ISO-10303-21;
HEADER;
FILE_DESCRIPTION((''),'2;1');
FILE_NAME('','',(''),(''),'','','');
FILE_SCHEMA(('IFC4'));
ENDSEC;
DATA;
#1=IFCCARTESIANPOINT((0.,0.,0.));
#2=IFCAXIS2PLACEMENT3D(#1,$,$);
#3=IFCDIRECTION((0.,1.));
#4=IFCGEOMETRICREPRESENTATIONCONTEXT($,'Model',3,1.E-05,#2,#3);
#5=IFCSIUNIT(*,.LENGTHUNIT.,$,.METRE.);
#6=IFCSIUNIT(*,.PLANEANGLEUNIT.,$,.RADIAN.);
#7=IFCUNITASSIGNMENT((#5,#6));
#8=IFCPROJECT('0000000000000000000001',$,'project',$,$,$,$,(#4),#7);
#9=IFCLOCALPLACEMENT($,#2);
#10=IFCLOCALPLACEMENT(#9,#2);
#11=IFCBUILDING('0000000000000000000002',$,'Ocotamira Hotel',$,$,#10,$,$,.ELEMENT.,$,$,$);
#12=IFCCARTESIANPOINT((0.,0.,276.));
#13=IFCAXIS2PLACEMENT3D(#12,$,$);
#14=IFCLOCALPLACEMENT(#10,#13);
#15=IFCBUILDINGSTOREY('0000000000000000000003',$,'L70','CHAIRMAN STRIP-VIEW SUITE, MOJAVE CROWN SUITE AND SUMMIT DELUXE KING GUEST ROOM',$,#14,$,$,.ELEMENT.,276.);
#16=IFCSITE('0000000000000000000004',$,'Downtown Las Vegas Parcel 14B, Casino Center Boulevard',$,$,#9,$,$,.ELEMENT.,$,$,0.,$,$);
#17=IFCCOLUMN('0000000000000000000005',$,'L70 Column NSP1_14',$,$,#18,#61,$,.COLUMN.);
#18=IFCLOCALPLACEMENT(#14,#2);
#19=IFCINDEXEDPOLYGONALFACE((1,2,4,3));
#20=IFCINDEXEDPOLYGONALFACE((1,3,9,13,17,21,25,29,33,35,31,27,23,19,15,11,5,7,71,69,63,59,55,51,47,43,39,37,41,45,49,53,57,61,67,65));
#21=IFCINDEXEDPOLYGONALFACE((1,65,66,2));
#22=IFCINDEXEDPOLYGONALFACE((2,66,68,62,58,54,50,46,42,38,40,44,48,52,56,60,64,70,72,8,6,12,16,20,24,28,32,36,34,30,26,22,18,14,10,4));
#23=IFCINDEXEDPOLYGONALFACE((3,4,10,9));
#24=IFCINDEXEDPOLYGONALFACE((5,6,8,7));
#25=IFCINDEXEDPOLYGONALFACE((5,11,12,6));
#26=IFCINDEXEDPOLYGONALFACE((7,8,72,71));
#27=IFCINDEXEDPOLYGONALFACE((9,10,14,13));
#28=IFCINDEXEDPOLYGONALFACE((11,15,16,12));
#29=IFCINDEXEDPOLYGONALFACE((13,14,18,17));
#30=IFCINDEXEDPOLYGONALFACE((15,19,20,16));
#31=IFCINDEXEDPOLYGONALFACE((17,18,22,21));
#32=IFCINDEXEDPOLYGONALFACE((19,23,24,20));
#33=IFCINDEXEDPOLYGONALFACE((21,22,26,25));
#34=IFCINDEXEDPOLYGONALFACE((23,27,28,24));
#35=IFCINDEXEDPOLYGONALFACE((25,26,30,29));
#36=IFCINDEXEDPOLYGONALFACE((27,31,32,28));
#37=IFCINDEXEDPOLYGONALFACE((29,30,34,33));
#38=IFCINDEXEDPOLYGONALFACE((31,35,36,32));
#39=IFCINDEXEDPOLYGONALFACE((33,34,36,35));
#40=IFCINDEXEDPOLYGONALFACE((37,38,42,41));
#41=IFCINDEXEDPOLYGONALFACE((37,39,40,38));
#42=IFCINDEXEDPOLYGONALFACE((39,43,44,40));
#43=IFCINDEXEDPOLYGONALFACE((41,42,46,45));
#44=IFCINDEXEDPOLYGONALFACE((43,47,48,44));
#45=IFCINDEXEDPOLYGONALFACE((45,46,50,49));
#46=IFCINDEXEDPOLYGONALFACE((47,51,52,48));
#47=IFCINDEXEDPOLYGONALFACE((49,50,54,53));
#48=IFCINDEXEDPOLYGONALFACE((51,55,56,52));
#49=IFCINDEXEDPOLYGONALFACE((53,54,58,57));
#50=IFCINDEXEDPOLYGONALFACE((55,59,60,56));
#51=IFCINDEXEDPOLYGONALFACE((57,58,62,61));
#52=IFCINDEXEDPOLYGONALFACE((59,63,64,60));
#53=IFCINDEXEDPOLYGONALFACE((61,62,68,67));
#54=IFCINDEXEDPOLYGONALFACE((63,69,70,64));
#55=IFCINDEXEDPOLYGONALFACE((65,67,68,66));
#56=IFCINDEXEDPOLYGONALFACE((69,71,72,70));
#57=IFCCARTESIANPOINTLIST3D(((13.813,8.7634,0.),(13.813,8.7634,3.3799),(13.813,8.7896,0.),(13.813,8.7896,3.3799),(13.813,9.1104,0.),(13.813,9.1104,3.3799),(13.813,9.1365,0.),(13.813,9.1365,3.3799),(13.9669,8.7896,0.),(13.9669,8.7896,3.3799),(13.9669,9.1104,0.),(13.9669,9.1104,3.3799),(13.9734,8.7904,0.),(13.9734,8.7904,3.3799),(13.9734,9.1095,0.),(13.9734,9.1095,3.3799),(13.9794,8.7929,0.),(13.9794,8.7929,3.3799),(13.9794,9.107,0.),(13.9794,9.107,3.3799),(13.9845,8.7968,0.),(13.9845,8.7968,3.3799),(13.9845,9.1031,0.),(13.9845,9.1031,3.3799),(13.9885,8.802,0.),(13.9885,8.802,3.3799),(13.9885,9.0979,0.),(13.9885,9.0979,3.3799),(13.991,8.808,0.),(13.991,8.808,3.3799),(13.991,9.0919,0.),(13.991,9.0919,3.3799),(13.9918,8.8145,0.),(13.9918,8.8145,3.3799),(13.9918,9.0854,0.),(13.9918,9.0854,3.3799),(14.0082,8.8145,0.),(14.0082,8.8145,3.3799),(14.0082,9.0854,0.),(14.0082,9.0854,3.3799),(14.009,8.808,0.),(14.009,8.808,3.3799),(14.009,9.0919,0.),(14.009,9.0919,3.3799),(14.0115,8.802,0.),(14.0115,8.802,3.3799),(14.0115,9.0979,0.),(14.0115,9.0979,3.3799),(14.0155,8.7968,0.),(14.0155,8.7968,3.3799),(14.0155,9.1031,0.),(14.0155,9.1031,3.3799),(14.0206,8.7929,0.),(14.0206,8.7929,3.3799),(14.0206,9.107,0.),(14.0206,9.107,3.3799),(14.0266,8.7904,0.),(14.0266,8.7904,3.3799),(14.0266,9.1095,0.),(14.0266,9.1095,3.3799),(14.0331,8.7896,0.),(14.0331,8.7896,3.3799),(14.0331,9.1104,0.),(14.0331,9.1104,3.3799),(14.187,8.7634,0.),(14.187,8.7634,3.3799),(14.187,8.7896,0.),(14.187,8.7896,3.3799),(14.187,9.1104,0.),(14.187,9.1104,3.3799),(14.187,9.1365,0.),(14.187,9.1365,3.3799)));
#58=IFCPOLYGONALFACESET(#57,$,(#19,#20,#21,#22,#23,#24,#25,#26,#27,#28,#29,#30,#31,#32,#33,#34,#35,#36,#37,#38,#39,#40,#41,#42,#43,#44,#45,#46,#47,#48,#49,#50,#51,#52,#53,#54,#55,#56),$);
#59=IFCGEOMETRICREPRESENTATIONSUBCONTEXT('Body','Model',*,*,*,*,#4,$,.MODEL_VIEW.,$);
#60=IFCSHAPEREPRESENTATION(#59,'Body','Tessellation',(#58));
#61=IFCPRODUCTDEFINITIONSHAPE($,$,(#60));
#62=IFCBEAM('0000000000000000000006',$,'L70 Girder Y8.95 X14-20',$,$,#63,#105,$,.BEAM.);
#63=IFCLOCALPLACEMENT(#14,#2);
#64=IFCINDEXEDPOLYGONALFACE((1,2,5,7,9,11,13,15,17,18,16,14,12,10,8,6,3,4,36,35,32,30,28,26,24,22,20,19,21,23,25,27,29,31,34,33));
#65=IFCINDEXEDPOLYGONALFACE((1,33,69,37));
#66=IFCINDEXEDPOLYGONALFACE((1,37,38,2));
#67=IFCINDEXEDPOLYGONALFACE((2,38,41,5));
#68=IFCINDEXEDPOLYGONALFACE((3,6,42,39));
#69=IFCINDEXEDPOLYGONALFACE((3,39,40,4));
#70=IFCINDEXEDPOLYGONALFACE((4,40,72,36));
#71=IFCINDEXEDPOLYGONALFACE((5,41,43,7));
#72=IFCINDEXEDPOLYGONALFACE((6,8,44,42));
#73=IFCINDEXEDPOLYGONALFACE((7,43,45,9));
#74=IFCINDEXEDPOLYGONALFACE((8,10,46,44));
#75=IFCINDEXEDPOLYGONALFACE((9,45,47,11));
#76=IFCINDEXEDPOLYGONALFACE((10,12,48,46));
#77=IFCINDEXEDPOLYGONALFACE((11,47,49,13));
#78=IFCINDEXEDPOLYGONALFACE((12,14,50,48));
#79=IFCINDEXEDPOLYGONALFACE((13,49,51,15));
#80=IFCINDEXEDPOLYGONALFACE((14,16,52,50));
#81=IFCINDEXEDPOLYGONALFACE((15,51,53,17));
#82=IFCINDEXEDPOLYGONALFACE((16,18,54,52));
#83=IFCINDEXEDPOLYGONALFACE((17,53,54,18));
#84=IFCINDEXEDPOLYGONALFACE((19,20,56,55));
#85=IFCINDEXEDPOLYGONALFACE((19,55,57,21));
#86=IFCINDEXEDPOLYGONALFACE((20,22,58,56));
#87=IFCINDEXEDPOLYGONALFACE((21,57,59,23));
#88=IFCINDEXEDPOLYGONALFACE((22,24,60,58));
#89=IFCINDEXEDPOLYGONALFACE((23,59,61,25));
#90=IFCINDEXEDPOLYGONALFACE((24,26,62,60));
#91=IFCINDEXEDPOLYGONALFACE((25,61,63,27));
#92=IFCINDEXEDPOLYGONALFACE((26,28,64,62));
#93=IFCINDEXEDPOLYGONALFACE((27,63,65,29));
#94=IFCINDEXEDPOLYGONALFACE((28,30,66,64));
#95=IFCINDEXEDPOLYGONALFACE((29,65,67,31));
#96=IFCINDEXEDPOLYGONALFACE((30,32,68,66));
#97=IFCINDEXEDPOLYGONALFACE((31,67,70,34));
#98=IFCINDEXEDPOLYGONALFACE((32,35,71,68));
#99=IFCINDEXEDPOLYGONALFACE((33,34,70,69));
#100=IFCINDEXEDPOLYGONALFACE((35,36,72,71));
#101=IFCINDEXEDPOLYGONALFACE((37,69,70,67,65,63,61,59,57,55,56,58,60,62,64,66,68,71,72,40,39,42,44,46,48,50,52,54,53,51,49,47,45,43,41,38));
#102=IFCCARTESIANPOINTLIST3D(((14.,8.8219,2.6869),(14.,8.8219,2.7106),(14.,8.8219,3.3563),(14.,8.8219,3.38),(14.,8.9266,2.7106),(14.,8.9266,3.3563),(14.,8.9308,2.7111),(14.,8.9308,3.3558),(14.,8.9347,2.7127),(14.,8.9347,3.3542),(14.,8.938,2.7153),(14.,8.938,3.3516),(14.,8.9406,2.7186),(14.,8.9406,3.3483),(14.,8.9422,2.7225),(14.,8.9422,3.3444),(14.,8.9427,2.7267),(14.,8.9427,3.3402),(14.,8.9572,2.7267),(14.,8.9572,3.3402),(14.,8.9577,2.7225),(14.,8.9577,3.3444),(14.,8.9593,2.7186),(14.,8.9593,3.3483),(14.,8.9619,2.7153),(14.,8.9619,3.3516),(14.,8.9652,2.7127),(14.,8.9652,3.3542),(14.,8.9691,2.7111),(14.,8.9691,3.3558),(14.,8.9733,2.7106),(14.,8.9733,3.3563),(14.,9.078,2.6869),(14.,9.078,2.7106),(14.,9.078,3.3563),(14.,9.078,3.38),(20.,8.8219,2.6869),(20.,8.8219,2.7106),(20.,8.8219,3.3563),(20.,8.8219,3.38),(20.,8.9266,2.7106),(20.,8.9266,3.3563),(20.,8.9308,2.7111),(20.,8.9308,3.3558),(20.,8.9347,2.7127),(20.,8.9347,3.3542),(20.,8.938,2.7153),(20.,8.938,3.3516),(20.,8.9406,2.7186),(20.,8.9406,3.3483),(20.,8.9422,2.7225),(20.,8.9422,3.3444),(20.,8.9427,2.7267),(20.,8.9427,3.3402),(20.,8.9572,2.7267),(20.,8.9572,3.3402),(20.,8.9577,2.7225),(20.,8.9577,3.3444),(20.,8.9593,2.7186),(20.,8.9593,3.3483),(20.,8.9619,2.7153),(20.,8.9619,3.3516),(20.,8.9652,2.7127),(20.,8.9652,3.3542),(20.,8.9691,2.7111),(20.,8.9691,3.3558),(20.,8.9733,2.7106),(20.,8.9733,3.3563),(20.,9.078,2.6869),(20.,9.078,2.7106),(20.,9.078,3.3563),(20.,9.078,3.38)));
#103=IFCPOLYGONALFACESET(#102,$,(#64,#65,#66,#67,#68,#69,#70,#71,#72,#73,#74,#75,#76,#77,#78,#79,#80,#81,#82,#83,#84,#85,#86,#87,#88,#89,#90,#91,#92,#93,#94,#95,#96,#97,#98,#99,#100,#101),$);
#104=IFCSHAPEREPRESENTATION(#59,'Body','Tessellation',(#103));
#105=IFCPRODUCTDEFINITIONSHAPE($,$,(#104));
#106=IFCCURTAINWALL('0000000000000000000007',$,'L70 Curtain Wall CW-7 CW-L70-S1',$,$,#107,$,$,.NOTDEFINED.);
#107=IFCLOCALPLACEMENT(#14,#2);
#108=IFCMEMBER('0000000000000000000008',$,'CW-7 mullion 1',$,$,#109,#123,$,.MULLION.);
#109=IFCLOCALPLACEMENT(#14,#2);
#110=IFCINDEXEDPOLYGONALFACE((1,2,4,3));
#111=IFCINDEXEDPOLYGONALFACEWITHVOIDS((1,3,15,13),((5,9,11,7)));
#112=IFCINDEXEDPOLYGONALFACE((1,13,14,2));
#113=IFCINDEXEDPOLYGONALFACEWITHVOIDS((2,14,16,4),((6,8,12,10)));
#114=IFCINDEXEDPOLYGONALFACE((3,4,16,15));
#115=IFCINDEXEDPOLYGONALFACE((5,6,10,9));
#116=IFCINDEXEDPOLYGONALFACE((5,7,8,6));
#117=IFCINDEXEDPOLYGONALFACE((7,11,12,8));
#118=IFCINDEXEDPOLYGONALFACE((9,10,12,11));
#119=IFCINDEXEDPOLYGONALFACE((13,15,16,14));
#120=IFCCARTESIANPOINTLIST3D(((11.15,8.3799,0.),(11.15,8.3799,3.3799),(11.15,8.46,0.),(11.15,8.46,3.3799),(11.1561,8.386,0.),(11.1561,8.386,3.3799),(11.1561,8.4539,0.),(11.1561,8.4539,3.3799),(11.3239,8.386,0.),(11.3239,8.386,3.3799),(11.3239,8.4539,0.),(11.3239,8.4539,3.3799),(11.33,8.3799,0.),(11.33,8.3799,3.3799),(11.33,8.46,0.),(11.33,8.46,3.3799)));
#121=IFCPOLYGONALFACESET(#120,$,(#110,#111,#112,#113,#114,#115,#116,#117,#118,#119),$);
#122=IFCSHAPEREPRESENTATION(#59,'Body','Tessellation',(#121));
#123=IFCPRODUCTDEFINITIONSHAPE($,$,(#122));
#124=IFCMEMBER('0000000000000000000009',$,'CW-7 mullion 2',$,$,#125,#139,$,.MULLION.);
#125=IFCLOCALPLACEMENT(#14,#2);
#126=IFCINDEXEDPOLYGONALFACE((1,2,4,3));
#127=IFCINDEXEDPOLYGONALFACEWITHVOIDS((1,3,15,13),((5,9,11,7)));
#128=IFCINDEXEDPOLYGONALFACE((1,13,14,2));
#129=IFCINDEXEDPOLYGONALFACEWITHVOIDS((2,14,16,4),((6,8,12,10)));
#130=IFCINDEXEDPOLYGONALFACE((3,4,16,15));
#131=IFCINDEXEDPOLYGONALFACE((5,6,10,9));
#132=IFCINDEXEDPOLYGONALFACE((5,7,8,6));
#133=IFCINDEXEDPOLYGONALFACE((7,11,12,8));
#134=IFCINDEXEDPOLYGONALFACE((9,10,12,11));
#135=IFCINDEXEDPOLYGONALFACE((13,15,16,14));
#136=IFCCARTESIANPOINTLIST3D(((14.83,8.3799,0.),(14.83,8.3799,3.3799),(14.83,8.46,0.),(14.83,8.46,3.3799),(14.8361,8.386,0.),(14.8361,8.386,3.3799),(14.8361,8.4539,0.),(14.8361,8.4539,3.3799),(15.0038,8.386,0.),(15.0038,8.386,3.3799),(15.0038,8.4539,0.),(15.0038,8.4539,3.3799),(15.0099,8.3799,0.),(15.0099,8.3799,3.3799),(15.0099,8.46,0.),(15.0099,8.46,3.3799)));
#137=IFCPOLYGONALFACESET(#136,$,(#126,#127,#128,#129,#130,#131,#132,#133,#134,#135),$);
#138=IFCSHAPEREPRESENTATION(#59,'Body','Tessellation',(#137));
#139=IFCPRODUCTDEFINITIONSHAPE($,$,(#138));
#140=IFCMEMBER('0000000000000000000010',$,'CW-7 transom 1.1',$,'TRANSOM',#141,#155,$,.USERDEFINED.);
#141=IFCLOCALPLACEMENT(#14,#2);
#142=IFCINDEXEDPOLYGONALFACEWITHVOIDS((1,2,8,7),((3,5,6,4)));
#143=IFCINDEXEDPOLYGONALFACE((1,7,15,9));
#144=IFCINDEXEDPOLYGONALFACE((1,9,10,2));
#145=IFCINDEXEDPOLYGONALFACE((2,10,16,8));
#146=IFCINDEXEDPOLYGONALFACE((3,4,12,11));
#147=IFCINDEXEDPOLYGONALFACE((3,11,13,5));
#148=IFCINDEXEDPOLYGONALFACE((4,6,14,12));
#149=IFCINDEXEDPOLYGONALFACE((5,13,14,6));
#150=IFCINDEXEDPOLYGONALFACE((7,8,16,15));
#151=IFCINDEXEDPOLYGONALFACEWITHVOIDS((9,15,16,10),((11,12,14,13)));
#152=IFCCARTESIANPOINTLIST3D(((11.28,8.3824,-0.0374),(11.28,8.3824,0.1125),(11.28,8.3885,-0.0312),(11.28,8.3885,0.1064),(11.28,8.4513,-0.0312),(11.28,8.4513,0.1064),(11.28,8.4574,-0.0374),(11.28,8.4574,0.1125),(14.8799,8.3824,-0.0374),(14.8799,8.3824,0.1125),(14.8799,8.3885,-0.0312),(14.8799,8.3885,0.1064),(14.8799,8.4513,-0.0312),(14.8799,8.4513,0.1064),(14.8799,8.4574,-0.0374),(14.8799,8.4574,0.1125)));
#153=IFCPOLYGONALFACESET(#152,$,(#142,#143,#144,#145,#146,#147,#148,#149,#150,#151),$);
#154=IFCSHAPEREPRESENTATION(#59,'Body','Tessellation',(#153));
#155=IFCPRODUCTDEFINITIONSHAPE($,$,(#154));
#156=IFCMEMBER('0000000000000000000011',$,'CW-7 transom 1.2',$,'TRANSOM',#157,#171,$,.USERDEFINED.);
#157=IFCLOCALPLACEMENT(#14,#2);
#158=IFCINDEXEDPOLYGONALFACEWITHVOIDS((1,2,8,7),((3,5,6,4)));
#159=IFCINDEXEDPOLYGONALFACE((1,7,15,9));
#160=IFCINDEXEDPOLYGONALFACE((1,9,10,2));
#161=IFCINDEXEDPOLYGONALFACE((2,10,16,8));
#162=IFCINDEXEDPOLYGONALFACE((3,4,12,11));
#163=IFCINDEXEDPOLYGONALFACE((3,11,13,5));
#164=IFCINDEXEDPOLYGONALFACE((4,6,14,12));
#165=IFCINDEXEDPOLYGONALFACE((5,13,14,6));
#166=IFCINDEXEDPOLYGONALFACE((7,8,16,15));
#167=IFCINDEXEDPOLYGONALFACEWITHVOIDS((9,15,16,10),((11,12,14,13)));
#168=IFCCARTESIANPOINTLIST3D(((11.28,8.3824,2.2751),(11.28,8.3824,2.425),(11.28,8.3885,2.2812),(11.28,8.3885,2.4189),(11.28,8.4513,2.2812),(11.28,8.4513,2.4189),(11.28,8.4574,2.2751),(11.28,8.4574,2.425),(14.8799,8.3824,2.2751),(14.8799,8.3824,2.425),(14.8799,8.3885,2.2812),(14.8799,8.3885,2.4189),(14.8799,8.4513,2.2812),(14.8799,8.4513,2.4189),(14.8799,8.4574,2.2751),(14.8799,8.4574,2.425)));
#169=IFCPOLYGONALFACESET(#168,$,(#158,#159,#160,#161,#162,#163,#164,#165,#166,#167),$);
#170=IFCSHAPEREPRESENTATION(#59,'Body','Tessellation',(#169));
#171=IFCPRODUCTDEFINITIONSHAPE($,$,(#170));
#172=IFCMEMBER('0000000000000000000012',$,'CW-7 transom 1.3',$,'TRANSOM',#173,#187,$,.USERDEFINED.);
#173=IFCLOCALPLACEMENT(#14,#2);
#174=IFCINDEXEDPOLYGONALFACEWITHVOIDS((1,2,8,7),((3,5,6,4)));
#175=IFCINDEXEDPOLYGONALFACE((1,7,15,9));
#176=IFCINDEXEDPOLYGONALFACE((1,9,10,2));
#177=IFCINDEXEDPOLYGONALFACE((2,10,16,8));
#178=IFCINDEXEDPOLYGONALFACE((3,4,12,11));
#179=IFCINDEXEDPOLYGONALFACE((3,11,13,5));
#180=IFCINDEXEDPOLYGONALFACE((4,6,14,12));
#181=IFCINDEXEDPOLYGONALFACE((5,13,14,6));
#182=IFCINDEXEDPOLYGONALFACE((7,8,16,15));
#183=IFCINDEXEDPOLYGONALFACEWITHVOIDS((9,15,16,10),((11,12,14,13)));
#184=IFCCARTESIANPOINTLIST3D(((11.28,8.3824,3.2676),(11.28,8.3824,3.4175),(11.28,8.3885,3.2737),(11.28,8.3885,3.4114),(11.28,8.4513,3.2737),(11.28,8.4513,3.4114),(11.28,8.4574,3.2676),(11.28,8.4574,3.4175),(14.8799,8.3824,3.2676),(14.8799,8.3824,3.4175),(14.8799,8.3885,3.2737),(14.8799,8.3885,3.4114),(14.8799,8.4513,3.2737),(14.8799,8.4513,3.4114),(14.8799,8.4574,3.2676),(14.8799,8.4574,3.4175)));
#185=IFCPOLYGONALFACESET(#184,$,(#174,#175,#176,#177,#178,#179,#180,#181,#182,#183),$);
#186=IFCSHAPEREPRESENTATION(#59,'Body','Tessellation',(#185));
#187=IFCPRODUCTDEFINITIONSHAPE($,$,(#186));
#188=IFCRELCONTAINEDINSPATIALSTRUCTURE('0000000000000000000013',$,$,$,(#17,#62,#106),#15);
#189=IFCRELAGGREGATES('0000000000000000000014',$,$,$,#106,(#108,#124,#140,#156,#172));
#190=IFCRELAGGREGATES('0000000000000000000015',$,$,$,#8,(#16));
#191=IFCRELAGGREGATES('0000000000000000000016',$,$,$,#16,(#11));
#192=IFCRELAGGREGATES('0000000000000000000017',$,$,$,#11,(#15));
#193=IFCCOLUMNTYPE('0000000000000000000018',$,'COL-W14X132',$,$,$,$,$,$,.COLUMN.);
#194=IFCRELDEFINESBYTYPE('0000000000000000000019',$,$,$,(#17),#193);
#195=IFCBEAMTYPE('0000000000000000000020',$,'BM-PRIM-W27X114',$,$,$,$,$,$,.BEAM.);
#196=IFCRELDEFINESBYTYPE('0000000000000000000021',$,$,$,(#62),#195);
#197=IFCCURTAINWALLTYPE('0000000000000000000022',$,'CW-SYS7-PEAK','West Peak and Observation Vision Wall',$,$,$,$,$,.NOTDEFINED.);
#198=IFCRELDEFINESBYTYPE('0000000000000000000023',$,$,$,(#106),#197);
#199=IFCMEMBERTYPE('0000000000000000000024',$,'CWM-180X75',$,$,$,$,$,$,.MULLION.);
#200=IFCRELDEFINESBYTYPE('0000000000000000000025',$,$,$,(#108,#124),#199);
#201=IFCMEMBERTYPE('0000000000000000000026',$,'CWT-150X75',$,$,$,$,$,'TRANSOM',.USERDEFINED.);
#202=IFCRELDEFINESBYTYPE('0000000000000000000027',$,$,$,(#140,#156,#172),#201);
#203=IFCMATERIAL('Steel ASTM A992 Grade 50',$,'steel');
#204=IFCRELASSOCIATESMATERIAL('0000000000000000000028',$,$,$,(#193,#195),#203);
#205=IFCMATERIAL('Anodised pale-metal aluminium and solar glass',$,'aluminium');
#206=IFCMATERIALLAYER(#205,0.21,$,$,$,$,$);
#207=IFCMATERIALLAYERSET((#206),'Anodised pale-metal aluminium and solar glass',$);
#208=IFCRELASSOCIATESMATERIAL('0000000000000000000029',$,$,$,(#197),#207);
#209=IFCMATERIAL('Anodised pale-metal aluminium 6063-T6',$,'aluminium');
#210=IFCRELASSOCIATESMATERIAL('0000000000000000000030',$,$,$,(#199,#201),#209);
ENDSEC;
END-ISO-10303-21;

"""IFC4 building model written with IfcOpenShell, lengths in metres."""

from ifc_helpers import new_model, si_unit, direction, frame, origin, origin_2d, place, context, subcontext, project, spatial, hollow_rectangle, i_section, extrude, source, transform, mapped, material, layer, layer_set, material_profile, profile_set, type_object, element, aggregate, save


model = new_model("IFC4")

# Units and contexts
model_context = context("Model", 3, precision=1e-05, world=origin(), true_north=direction((0.0, 1.0)))
body_context = subcontext(model_context, "Body", "Model", "MODEL_VIEW")
ifc_project = project(units=[si_unit("LENGTHUNIT", "METRE"), si_unit("PLANEANGLEUNIT", "RADIAN")], contexts=[model_context])

# Site, building, storey
site_placement = place(None, origin())
site = spatial("IfcSite", under=ifc_project, at=site_placement, Name="Downtown Las Vegas Parcel 14B, Casino Center Boulevard", CompositionType="ELEMENT", RefElevation=0.0)
building_placement = place(site_placement, origin())
building = spatial("IfcBuilding", under=site, at=building_placement, Name="Ocotamira Hotel", CompositionType="ELEMENT")
storey_placement = place(building_placement, frame((0.0, 0.0, 276.0)))
storey = spatial("IfcBuildingStorey", under=building, at=storey_placement, Name="L70", Description="CHAIRMAN STRIP-VIEW SUITE, MOJAVE CROWN SUITE AND SUMMIT DELUXE KING GUEST ROOM", CompositionType="ELEMENT", Elevation=276.0)

# Column
ifc_material_1 = material(Name="Steel ASTM A992 Grade 50", Category="steel")
ifc_material_profile_1 = material_profile(ifc_material_1, i_section(OverallWidth=0.374, OverallDepth=0.373, WebThickness=0.0164, FlangeThickness=0.0261, FilletRadius=0.0249, at=origin_2d()), Name="W14X132")
ifc_profile_set_1 = profile_set([ifc_material_profile_1], Name="Steel ASTM A992 Grade 50")
column_type = type_object("IfcColumnType", Name="COL-W14X132", PredefinedType="COLUMN", material=ifc_profile_set_1)
shared_shape_1 = source(origin(), body_context, "Body", "SweptSolid", [
    extrude(i_section(OverallWidth=0.374, OverallDepth=0.373, WebThickness=0.0164, FlangeThickness=0.0261, FilletRadius=0.0249, at=origin_2d()), origin(), (0.0, 0.0, 1.0), 3.3799),
])
column_placement = place(storey_placement, frame((14.0, 8.95, 0.0), z_axis=(0.0, 0.0, 1.0), x_axis=(1.0, 0.0, 0.0)))
element("IfcColumn", 1, at=column_placement, inside=storey, type_object=column_type, Name="L70 Column NSP1_14", PredefinedType="COLUMN", context=body_context, shape_type="MappedRepresentation", body=[
    mapped(shared_shape_1, transform((0.0, 0.0, 0.0), scale=1.0)),
])

# Beam
ifc_material_profile_2 = material_profile(ifc_material_1, i_section(OverallWidth=0.2561, OverallDepth=0.6931, WebThickness=0.0144, FlangeThickness=0.0237, FilletRadius=0.0161, at=origin_2d()), Name="W27X114")
ifc_profile_set_2 = profile_set([ifc_material_profile_2], Name="Steel ASTM A992 Grade 50")
beam_type = type_object("IfcBeamType", Name="BM-PRIM-W27X114", PredefinedType="BEAM", material=ifc_profile_set_2)
shared_shape_2 = source(origin(), body_context, "Body", "SweptSolid", [
    extrude(i_section(OverallWidth=0.2561, OverallDepth=0.6931, WebThickness=0.0144, FlangeThickness=0.0237, FilletRadius=0.0161, at=origin_2d()), origin(), (0.0, 0.0, 1.0), 6.0),
])
beam_placement = place(storey_placement, frame((14.0, 8.95, 3.0334), z_axis=(1.0, 0.0, 0.0), x_axis=(0.0, 1.0, 0.0)))
element("IfcBeam", 2, at=beam_placement, inside=storey, type_object=beam_type, Name="L70 Girder Y8.95 X14-20", PredefinedType="BEAM", context=body_context, shape_type="MappedRepresentation", body=[
    mapped(shared_shape_2, transform((0.0, 0.0, 0.0), scale=1.0)),
])

# Curtain wall, members
ifc_material_2 = material(Name="Anodised pale-metal aluminium and solar glass", Category="aluminium")
ifc_layer_1 = layer(ifc_material_2, 0.21)
ifc_layer_set_1 = layer_set([ifc_layer_1], Name="Anodised pale-metal aluminium and solar glass")
curtain_wall_type = type_object("IfcCurtainWallType", Name="CW-SYS7-PEAK", Description="West Peak and Observation Vision Wall", PredefinedType="NOTDEFINED", material=ifc_layer_set_1)
curtain_wall_placement = place(storey_placement, origin())
curtain_wall = element("IfcCurtainWall", 3, at=curtain_wall_placement, inside=storey, type_object=curtain_wall_type, Name="L70 Curtain Wall CW-7 CW-L70-S1", PredefinedType="NOTDEFINED")
ifc_material_3 = material(Name="Anodised pale-metal aluminium 6063-T6", Category="aluminium")
ifc_material_profile_3 = material_profile(ifc_material_3, hollow_rectangle(XDim=0.0801, YDim=0.1799, WallThickness=0.0061, at=origin_2d()), Name="HSS180X80X6")
ifc_profile_set_3 = profile_set([ifc_material_profile_3], Name="Anodised pale-metal aluminium 6063-T6")
member_type_1 = type_object("IfcMemberType", Name="CWM-180X75", PredefinedType="MULLION", material=ifc_profile_set_3)
shared_shape_3 = source(origin(), body_context, "Body", "SweptSolid", [
    extrude(hollow_rectangle(XDim=0.0801, YDim=0.1799, WallThickness=0.0061, at=origin_2d()), origin(), (0.0, 0.0, 1.0), 3.3799),
])
member_1_placement = place(storey_placement, frame((11.24, 8.4199, 0.0), z_axis=(0.0, 0.0, 1.0), x_axis=(0.0, 1.0, 0.0)))
member_1 = element("IfcMember", 4, at=member_1_placement, type_object=member_type_1, Name="CW-7 mullion 1", PredefinedType="MULLION", context=body_context, shape_type="MappedRepresentation", body=[
    mapped(shared_shape_3, transform((0.0, 0.0, 0.0), scale=1.0)),
])
member_2_placement = place(storey_placement, frame((14.9199, 8.4199, 0.0), z_axis=(0.0, 0.0, 1.0), x_axis=(0.0, 1.0, 0.0)))
member_2 = element("IfcMember", 5, at=member_2_placement, type_object=member_type_1, Name="CW-7 mullion 2", PredefinedType="MULLION", context=body_context, shape_type="MappedRepresentation", body=[
    mapped(shared_shape_3, transform((0.0, 0.0, 0.0), scale=1.0)),
])
ifc_material_profile_4 = material_profile(ifc_material_3, hollow_rectangle(XDim=0.075, YDim=0.1499, WallThickness=0.0061, at=origin_2d()), Name="HSS150X75X6")
ifc_profile_set_4 = profile_set([ifc_material_profile_4], Name="Anodised pale-metal aluminium 6063-T6")
member_type_2 = type_object("IfcMemberType", Name="CWT-150X75", ElementType="TRANSOM", PredefinedType="USERDEFINED", material=ifc_profile_set_4)
shared_shape_4 = source(origin(), body_context, "Body", "SweptSolid", [
    extrude(hollow_rectangle(XDim=0.075, YDim=0.1499, WallThickness=0.0061, at=origin_2d()), origin(), (0.0, 0.0, 1.0), 3.5999),
])
member_3_placement = place(storey_placement, frame((11.28, 8.4199, 0.0376), z_axis=(1.0, 0.0, 0.0), x_axis=(0.0, 1.0, 0.0)))
member_3 = element("IfcMember", 6, at=member_3_placement, type_object=member_type_2, Name="CW-7 transom 1.1", ObjectType="TRANSOM", PredefinedType="USERDEFINED", context=body_context, shape_type="MappedRepresentation", body=[
    mapped(shared_shape_4, transform((0.0, 0.0, 0.0), scale=1.0)),
])
member_4_placement = place(storey_placement, frame((11.28, 8.4199, 2.3501), z_axis=(1.0, 0.0, 0.0), x_axis=(0.0, 1.0, 0.0)))
member_4 = element("IfcMember", 7, at=member_4_placement, type_object=member_type_2, Name="CW-7 transom 1.2", ObjectType="TRANSOM", PredefinedType="USERDEFINED", context=body_context, shape_type="MappedRepresentation", body=[
    mapped(shared_shape_4, transform((0.0, 0.0, 0.0), scale=1.0)),
])
member_5_placement = place(storey_placement, frame((11.28, 8.4199, 3.3425), z_axis=(1.0, 0.0, 0.0), x_axis=(0.0, 1.0, 0.0)))
member_5 = element("IfcMember", 8, at=member_5_placement, type_object=member_type_2, Name="CW-7 transom 1.3", ObjectType="TRANSOM", PredefinedType="USERDEFINED", context=body_context, shape_type="MappedRepresentation", body=[
    mapped(shared_shape_4, transform((0.0, 0.0, 0.0), scale=1.0)),
])
aggregate(curtain_wall, [member_1, member_2, member_3, member_4, member_5])

save(model, "model.ifc")
